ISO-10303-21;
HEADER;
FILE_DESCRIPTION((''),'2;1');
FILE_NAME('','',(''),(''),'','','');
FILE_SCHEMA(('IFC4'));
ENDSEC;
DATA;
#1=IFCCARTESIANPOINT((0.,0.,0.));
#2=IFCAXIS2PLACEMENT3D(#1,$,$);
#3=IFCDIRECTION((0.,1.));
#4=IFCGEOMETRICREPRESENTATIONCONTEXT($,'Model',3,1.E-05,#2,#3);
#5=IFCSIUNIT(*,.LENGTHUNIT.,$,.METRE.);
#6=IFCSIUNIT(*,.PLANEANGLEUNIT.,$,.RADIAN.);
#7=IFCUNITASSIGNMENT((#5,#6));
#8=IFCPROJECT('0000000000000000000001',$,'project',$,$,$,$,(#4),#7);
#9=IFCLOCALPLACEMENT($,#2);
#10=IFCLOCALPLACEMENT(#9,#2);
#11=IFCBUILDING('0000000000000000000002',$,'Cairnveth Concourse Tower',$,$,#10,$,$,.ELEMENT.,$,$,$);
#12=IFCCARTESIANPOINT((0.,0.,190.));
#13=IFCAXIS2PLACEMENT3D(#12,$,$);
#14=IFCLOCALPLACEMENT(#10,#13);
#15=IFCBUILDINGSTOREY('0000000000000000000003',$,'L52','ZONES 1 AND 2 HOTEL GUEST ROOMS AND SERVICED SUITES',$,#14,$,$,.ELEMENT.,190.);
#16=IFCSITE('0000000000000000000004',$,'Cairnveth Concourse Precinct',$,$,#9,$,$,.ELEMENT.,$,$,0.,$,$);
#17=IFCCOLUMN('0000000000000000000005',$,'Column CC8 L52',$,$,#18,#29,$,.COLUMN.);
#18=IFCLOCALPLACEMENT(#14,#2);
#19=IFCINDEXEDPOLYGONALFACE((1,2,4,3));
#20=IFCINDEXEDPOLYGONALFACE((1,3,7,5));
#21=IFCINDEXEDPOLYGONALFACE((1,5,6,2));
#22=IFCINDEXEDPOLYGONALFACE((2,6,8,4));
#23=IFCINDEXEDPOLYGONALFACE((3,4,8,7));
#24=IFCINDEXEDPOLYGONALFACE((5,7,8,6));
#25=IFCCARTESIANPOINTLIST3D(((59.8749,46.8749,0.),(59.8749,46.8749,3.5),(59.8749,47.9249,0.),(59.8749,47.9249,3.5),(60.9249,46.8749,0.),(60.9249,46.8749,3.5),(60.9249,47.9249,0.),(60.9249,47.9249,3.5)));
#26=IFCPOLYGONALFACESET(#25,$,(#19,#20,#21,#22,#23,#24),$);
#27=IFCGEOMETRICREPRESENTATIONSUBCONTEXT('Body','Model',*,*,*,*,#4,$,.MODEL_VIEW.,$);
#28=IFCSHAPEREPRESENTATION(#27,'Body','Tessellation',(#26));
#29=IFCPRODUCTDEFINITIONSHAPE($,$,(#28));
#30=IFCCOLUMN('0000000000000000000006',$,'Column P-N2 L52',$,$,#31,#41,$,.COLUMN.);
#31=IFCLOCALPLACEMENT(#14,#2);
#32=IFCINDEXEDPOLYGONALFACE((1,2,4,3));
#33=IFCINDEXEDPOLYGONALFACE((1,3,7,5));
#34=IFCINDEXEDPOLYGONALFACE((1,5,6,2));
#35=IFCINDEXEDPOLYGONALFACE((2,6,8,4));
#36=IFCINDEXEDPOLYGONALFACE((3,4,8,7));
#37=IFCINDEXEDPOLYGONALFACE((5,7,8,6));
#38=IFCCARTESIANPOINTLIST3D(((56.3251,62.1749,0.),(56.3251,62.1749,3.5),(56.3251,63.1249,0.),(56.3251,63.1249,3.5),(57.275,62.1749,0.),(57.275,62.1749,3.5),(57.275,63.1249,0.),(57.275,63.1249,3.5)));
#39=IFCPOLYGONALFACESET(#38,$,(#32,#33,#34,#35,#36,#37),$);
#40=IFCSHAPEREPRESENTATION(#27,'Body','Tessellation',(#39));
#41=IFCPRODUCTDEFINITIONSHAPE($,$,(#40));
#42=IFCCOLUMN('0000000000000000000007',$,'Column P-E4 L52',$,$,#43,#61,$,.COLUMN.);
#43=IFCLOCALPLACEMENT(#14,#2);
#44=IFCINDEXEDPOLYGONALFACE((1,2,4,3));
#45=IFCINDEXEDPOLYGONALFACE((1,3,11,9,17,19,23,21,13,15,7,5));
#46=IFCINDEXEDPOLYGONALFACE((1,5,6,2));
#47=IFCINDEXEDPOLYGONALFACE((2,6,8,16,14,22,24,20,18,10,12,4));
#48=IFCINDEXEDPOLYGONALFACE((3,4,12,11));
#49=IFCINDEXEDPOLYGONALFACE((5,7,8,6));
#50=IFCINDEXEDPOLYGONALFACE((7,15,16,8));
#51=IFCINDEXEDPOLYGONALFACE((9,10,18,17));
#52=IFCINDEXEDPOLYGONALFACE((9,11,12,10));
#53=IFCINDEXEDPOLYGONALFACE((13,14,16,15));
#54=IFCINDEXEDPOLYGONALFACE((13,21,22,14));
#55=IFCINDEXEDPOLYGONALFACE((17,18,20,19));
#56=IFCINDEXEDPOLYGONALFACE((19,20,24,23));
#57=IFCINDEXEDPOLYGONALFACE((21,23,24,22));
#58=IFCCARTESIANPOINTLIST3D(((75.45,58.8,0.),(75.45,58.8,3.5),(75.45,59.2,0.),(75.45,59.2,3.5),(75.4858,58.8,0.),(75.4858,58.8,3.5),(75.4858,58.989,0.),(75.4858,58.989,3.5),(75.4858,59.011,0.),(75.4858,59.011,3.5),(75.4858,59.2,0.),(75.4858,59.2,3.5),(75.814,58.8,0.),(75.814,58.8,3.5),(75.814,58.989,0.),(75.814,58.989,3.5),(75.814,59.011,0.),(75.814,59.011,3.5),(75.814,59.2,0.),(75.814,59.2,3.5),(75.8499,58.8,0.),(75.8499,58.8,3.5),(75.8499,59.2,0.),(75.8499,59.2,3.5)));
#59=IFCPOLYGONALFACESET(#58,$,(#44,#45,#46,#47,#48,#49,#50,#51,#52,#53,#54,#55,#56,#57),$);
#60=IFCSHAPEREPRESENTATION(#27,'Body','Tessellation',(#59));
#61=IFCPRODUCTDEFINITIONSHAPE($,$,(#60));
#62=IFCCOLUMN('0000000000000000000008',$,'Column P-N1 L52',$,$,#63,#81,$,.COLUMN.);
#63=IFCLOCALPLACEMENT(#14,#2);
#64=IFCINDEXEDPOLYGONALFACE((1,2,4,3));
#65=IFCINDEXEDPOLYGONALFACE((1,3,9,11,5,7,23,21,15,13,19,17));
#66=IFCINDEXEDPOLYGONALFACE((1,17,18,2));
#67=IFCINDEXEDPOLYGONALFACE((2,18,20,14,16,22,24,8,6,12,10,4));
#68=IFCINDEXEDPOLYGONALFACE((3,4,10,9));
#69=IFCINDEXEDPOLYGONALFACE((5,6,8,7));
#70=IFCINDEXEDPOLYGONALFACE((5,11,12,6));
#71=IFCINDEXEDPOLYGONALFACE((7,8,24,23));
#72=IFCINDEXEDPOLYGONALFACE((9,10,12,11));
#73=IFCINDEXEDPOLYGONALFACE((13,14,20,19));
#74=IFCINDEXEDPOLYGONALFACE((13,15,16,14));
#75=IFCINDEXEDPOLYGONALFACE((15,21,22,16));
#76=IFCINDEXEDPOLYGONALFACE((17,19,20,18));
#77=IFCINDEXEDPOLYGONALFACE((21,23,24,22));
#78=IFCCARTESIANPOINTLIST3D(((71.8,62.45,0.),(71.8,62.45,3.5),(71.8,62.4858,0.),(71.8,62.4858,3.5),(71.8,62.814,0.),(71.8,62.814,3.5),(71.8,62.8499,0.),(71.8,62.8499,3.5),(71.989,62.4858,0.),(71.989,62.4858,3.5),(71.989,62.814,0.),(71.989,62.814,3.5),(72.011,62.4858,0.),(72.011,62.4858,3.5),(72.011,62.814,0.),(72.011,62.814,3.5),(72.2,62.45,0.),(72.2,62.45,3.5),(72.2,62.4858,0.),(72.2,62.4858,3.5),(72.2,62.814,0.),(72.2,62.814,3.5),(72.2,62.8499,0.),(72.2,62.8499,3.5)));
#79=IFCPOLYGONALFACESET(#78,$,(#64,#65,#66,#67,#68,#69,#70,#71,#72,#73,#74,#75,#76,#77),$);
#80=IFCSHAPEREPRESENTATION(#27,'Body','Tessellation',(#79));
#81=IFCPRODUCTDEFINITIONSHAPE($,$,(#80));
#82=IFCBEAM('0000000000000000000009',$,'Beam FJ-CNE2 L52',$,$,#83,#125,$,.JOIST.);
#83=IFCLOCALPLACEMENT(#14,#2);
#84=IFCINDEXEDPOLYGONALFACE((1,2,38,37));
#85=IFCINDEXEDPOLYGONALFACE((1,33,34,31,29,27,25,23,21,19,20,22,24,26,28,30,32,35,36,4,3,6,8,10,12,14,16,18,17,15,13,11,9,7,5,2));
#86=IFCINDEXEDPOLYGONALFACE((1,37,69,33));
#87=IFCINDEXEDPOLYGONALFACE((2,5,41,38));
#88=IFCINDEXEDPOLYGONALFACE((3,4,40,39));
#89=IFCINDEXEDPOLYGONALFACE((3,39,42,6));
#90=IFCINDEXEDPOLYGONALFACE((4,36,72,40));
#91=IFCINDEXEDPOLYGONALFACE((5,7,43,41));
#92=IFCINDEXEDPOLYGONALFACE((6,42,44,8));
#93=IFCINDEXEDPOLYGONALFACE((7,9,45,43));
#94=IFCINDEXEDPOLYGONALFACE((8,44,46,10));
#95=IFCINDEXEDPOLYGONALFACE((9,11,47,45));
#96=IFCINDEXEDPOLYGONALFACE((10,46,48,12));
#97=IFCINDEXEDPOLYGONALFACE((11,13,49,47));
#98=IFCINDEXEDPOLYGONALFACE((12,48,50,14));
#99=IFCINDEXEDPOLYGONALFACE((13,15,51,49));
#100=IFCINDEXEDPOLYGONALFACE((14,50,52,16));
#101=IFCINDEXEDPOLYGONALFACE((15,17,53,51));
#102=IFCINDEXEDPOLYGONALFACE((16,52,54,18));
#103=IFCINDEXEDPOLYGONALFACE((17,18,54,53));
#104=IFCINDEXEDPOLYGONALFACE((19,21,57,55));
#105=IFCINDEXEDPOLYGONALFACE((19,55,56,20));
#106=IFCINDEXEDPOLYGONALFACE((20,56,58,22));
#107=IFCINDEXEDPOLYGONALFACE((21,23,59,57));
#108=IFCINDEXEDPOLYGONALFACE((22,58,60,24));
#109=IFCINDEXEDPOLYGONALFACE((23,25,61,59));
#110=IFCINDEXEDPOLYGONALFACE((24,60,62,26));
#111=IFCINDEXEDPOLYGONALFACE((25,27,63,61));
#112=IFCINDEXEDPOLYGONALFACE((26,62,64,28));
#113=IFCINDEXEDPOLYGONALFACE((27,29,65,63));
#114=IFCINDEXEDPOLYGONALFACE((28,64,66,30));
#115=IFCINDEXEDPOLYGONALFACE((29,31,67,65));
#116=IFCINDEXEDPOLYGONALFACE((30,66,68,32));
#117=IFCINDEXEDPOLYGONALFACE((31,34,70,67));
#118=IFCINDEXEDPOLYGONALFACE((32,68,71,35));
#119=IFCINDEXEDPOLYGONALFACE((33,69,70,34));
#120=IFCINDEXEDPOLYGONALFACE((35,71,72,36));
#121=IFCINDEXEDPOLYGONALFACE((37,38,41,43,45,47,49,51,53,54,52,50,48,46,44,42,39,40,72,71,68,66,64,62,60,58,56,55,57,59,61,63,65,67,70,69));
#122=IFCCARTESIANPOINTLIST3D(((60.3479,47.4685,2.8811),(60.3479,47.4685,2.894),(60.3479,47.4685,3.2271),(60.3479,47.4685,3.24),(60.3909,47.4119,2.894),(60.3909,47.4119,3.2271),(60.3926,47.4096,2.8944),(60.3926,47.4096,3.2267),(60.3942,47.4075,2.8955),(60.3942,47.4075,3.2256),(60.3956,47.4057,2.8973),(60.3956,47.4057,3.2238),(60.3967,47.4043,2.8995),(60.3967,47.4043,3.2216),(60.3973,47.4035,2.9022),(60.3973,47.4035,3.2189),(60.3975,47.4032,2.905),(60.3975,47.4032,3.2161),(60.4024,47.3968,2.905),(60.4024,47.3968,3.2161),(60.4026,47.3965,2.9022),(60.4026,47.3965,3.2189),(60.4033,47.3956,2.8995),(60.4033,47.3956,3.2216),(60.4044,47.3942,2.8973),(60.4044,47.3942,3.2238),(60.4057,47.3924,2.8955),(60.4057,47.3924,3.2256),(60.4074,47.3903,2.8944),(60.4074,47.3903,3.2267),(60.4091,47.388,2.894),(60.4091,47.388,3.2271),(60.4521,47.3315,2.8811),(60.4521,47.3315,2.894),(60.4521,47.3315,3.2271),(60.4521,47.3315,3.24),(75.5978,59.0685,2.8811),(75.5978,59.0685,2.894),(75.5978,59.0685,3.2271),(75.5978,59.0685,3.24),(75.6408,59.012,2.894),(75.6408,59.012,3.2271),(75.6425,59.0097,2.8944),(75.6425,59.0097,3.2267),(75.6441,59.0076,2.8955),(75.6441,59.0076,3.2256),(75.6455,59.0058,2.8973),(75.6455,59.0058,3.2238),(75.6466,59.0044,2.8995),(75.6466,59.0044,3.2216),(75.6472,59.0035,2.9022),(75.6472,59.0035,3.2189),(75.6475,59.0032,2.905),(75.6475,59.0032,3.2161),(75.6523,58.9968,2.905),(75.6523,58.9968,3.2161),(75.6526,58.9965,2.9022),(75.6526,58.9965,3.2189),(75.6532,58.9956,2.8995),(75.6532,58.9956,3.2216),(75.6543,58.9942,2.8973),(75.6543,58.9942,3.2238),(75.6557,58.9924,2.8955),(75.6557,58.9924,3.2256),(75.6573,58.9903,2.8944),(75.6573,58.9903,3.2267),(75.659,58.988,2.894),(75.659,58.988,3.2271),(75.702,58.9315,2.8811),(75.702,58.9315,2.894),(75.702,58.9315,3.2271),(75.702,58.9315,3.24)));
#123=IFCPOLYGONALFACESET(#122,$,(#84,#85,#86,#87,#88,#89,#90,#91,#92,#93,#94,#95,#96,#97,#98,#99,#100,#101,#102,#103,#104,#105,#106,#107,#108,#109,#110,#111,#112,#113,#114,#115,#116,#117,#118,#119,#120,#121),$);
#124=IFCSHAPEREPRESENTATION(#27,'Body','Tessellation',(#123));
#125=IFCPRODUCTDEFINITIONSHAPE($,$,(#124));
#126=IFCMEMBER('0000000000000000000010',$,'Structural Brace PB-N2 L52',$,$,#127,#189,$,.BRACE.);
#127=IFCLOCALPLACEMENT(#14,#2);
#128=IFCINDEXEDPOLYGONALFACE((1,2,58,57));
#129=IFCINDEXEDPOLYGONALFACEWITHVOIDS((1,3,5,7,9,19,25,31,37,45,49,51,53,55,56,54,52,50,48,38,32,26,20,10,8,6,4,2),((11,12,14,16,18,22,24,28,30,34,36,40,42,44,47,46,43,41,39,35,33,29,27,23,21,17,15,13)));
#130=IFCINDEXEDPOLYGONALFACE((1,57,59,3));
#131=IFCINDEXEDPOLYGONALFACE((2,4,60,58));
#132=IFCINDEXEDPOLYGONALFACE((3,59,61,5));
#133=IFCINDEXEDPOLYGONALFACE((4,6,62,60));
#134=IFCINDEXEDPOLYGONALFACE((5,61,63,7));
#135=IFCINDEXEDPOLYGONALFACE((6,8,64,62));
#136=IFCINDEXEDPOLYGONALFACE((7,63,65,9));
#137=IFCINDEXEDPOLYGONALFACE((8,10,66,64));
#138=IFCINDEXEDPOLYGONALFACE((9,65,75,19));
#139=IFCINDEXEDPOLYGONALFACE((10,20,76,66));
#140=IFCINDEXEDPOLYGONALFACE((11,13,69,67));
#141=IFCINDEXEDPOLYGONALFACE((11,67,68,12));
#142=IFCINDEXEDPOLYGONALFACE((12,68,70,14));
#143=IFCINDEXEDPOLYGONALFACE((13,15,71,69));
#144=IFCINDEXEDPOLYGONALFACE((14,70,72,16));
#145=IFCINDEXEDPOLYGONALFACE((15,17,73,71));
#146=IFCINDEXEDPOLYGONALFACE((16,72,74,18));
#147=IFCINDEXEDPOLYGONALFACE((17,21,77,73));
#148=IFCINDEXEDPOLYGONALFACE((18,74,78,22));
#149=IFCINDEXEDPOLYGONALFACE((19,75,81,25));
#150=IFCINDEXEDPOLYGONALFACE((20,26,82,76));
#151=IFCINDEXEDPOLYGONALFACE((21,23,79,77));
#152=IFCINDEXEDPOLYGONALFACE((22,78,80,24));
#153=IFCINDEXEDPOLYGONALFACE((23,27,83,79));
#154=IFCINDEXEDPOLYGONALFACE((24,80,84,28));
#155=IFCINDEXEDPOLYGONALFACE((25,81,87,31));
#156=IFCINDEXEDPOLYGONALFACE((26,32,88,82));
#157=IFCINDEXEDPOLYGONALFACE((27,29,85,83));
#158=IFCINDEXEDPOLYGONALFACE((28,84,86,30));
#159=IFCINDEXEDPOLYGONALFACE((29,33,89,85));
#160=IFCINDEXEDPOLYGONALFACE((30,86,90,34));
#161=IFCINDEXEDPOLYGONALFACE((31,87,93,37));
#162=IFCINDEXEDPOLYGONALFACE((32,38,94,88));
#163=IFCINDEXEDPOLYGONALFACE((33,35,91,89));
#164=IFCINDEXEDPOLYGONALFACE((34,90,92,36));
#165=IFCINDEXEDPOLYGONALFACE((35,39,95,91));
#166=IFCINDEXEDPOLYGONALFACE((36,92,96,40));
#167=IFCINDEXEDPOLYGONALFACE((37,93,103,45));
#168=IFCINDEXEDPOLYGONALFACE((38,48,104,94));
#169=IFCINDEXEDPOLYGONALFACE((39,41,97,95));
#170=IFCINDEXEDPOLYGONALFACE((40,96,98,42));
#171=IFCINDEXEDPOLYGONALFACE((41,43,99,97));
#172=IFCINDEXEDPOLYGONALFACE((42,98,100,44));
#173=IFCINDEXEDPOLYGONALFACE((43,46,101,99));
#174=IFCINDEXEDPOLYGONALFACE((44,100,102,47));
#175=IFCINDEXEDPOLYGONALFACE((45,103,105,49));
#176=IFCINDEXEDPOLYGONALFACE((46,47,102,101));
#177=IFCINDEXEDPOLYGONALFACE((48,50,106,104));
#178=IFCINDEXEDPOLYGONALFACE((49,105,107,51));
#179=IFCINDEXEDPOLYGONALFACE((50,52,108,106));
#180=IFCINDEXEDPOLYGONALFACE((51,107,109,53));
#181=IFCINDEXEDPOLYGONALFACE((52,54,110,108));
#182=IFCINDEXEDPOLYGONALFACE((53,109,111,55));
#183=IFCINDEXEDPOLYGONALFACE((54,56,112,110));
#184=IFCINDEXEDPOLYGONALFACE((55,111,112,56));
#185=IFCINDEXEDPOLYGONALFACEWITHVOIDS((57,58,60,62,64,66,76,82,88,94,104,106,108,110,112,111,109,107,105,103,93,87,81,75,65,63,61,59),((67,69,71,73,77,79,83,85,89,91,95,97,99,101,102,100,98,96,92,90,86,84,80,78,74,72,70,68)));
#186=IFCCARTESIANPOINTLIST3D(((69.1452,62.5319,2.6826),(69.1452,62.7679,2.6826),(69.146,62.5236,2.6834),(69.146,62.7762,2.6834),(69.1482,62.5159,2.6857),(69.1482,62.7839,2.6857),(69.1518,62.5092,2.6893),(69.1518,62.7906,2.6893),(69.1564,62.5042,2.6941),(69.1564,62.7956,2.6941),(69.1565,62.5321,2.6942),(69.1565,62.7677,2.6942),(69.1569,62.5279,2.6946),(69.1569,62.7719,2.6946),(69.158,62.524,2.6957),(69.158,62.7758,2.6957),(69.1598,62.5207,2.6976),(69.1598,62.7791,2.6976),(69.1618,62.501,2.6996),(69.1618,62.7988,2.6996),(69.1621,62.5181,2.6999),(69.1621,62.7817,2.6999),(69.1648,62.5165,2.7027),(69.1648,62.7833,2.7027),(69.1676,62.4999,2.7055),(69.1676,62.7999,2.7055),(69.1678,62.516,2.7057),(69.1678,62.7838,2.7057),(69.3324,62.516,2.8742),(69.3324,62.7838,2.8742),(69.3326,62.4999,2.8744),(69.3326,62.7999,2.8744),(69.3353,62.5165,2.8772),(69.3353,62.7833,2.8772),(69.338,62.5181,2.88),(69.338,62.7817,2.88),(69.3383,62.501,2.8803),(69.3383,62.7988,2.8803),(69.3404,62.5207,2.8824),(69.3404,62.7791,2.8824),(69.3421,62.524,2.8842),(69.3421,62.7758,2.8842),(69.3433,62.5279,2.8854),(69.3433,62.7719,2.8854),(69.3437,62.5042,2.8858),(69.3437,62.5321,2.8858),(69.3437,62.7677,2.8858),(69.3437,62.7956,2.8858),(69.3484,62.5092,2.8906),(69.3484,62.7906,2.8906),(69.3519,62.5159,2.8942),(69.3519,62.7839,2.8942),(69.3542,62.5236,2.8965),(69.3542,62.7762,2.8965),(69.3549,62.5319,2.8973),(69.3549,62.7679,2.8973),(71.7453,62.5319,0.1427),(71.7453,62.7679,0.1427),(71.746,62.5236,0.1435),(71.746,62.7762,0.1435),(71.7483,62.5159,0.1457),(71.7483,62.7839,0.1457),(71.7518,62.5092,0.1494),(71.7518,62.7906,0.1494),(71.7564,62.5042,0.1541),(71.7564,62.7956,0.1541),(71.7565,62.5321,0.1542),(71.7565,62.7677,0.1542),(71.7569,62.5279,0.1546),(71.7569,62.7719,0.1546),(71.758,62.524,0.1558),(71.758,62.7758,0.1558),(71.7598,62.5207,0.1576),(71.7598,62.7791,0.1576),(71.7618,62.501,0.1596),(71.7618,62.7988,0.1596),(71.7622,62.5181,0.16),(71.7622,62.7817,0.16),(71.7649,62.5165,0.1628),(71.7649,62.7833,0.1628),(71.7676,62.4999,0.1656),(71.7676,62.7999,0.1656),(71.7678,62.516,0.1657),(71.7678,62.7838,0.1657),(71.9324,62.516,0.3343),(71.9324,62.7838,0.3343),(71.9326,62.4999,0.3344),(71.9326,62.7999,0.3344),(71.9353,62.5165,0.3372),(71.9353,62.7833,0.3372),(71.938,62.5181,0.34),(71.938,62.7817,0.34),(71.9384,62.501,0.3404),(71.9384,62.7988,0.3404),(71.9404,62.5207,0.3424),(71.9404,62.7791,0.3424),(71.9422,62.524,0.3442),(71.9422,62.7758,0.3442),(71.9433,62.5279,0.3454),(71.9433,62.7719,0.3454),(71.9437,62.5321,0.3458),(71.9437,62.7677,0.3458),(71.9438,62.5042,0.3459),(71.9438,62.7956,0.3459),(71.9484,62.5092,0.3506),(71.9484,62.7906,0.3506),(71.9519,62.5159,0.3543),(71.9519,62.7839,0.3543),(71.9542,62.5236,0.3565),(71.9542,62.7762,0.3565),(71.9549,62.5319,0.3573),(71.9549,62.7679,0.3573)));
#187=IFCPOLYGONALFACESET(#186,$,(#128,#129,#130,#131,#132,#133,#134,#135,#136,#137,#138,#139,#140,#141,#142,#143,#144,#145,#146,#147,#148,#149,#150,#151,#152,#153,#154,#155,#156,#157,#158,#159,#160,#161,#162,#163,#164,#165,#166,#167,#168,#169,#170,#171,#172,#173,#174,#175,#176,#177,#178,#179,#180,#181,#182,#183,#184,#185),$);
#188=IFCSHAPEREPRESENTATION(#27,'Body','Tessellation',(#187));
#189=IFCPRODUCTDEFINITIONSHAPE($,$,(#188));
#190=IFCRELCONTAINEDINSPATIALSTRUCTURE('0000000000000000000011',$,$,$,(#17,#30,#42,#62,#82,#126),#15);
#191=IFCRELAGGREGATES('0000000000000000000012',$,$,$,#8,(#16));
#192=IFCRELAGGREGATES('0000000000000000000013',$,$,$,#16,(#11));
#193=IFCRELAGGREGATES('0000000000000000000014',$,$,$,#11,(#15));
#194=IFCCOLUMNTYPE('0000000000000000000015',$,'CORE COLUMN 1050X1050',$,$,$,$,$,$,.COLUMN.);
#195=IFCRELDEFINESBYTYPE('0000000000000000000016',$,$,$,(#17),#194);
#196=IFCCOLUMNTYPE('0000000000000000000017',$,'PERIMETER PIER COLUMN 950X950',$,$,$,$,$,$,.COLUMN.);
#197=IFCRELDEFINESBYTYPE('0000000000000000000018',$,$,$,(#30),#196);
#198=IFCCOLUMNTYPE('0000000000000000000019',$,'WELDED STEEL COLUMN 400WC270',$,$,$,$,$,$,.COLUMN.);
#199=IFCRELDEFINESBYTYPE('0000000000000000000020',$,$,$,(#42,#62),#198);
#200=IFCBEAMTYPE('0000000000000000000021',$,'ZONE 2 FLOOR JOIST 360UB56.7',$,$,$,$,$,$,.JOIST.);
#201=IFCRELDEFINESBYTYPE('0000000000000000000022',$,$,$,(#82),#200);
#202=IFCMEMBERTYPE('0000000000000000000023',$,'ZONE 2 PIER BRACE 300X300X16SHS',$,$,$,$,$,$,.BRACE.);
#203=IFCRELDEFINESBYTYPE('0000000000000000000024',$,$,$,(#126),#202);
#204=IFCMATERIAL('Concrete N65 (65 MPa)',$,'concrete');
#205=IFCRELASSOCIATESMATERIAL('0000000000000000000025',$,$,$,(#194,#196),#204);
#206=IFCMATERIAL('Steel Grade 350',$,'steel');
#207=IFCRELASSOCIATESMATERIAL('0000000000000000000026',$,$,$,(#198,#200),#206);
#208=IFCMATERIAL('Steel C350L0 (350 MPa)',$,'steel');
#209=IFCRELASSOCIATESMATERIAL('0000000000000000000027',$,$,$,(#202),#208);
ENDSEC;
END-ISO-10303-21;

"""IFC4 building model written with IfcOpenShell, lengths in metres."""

from ifc_helpers import new_model, si_unit, direction, frame, origin, origin_2d, place, context, subcontext, project, spatial, rectangle, hollow_rectangle, i_section, extrude, material, material_profile, profile_set, type_object, element, save


model = new_model("IFC4")

# Units and contexts
model_context = context("Model", 3, precision=1e-05, world=origin(), true_north=direction((0.0, 1.0)))
body_context = subcontext(model_context, "Body", "Model", "MODEL_VIEW")
ifc_project = project(units=[si_unit("LENGTHUNIT", "METRE"), si_unit("PLANEANGLEUNIT", "RADIAN")], contexts=[model_context])

# Site, building, storey
site_placement = place(None, origin())
site = spatial("IfcSite", under=ifc_project, at=site_placement, Name="Cairnveth Concourse Precinct", CompositionType="ELEMENT", RefElevation=0.0)
building_placement = place(site_placement, origin())
building = spatial("IfcBuilding", under=site, at=building_placement, Name="Cairnveth Concourse Tower", CompositionType="ELEMENT")
storey_placement = place(building_placement, frame((0.0, 0.0, 190.0)))
storey = spatial("IfcBuildingStorey", under=building, at=storey_placement, Name="L52", Description="ZONES 1 AND 2 HOTEL GUEST ROOMS AND SERVICED SUITES", CompositionType="ELEMENT", Elevation=190.0)

# Columns
ifc_material_1 = material(Name="Concrete N65 (65 MPa)", Category="concrete")
ifc_material_profile_1 = material_profile(ifc_material_1, rectangle(XDim=1.05, YDim=1.05, at=origin_2d()), Name="RC-COL-1050x1050")
ifc_profile_set_1 = profile_set([ifc_material_profile_1], Name="Concrete N65 (65 MPa)")
column_type_1 = type_object("IfcColumnType", Name="CORE COLUMN 1050X1050", PredefinedType="COLUMN", material=ifc_profile_set_1)
column_1_placement = place(storey_placement, frame((60.3999, 47.3999, 0.0), z_axis=(0.0, 0.0, 1.0), x_axis=(1.0, 0.0, 0.0)))
element("IfcColumn", 1, at=column_1_placement, inside=storey, type_object=column_type_1, Name="Column CC8 L52", PredefinedType="COLUMN", context=body_context, shape_type="SweptSolid", body=[
    extrude(rectangle(XDim=1.05, YDim=1.05, at=origin_2d()), origin(), (0.0, 0.0, 1.0), 3.5),
])
ifc_material_profile_2 = material_profile(ifc_material_1, rectangle(XDim=0.95, YDim=0.95, at=origin_2d()), Name="RC-COL-950x950")
ifc_profile_set_2 = profile_set([ifc_material_profile_2], Name="Concrete N65 (65 MPa)")
column_type_2 = type_object("IfcColumnType", Name="PERIMETER PIER COLUMN 950X950", PredefinedType="COLUMN", material=ifc_profile_set_2)
column_2_placement = place(storey_placement, frame((56.8, 62.6499, 0.0), z_axis=(0.0, 0.0, 1.0), x_axis=(1.0, 0.0, 0.0)))
element("IfcColumn", 2, at=column_2_placement, inside=storey, type_object=column_type_2, Name="Column P-N2 L52", PredefinedType="COLUMN", context=body_context, shape_type="SweptSolid", body=[
    extrude(rectangle(XDim=0.95, YDim=0.95, at=origin_2d()), origin(), (0.0, 0.0, 1.0), 3.5),
])
ifc_material_2 = material(Name="Steel Grade 350", Category="steel")
ifc_material_profile_3 = material_profile(ifc_material_2, i_section(OverallWidth=0.3999, OverallDepth=0.3999, WebThickness=0.022, FlangeThickness=0.0359, at=origin_2d()), Name="400WC270")
ifc_profile_set_3 = profile_set([ifc_material_profile_3], Name="Steel Grade 350")
column_type_3 = type_object("IfcColumnType", Name="WELDED STEEL COLUMN 400WC270", PredefinedType="COLUMN", material=ifc_profile_set_3)
for number, where, z_axis, x_axis, name in (
    (3, (75.6499, 59.0, 0.0), (0.0, 0.0, 1.0), (0.0, 1.0, 0.0), "Column P-E4 L52"),
    (4, (72.0, 62.6499, 0.0), (0.0, 0.0, 1.0), (1.0, 0.0, 0.0), "Column P-N1 L52"),
):
    element("IfcColumn", number, at=place(storey_placement, frame(where, z_axis=z_axis, x_axis=x_axis)), inside=storey, type_object=column_type_3, Name=name, PredefinedType="COLUMN", context=body_context, shape_type="SweptSolid", body=[
        extrude(i_section(OverallWidth=0.3999, OverallDepth=0.3999, WebThickness=0.022, FlangeThickness=0.0359, at=origin_2d()), origin(), (0.0, 0.0, 1.0), 3.5),
    ])

# Beam
ifc_material_profile_4 = material_profile(ifc_material_2, i_section(OverallWidth=0.1721, OverallDepth=0.3589, WebThickness=0.0081, FlangeThickness=0.0129, FilletRadius=0.011, at=origin_2d()), Name="360UB56.7")
ifc_profile_set_4 = profile_set([ifc_material_profile_4], Name="Steel Grade 350")
beam_type_1 = type_object("IfcBeamType", Name="ZONE 2 FLOOR JOIST 360UB56.7", PredefinedType="JOIST", material=ifc_profile_set_4)
beam_1_placement = place(storey_placement, frame((75.6499, 59.0, 3.0605), z_axis=(-0.795908, -0.605417, 0.0), x_axis=(0.605417, -0.795908, 0.0)))
element("IfcBeam", 5, at=beam_1_placement, inside=storey, type_object=beam_type_1, Name="Beam FJ-CNE2 L52", PredefinedType="JOIST", context=body_context, shape_type="SweptSolid", body=[
    extrude(i_section(OverallWidth=0.1721, OverallDepth=0.3589, WebThickness=0.0081, FlangeThickness=0.0129, FilletRadius=0.011, at=origin_2d()), origin(), (0.0, 0.0, 1.0), 19.1604),
])

# Member
ifc_material_3 = material(Name="Steel C350L0 (350 MPa)", Category="steel")
ifc_material_profile_5 = material_profile(ifc_material_3, hollow_rectangle(XDim=0.3, YDim=0.3, WallThickness=0.0161, InnerFilletRadius=0.0161, OuterFilletRadius=0.032, at=origin_2d()), Name="300x300x16.0SHS")
ifc_profile_set_5 = profile_set([ifc_material_profile_5], Name="Steel C350L0 (350 MPa)")
member_type = type_object("IfcMemberType", Name="ZONE 2 PIER BRACE 300X300X16SHS", PredefinedType="BRACE", material=ifc_profile_set_5)
for number, where, z_axis, x_axis, name in (
    (6, (71.8501, 62.6499, 0.25), (-0.71532, 0.0, 0.698797), (0.0, -1.0, 0.0), "Structural Brace PB-N2 L52"),
):
    element("IfcMember", number, at=place(storey_placement, frame(where, z_axis=z_axis, x_axis=x_axis)), inside=storey, type_object=member_type, Name=name, PredefinedType="BRACE", context=body_context, shape_type="SweptSolid", body=[
        extrude(hollow_rectangle(XDim=0.3, YDim=0.3, WallThickness=0.0161, InnerFilletRadius=0.0161, OuterFilletRadius=0.032, at=origin_2d()), origin(), (0.0, 0.0, 1.0), 3.6348),
    ])

save(model, "model.ifc")
